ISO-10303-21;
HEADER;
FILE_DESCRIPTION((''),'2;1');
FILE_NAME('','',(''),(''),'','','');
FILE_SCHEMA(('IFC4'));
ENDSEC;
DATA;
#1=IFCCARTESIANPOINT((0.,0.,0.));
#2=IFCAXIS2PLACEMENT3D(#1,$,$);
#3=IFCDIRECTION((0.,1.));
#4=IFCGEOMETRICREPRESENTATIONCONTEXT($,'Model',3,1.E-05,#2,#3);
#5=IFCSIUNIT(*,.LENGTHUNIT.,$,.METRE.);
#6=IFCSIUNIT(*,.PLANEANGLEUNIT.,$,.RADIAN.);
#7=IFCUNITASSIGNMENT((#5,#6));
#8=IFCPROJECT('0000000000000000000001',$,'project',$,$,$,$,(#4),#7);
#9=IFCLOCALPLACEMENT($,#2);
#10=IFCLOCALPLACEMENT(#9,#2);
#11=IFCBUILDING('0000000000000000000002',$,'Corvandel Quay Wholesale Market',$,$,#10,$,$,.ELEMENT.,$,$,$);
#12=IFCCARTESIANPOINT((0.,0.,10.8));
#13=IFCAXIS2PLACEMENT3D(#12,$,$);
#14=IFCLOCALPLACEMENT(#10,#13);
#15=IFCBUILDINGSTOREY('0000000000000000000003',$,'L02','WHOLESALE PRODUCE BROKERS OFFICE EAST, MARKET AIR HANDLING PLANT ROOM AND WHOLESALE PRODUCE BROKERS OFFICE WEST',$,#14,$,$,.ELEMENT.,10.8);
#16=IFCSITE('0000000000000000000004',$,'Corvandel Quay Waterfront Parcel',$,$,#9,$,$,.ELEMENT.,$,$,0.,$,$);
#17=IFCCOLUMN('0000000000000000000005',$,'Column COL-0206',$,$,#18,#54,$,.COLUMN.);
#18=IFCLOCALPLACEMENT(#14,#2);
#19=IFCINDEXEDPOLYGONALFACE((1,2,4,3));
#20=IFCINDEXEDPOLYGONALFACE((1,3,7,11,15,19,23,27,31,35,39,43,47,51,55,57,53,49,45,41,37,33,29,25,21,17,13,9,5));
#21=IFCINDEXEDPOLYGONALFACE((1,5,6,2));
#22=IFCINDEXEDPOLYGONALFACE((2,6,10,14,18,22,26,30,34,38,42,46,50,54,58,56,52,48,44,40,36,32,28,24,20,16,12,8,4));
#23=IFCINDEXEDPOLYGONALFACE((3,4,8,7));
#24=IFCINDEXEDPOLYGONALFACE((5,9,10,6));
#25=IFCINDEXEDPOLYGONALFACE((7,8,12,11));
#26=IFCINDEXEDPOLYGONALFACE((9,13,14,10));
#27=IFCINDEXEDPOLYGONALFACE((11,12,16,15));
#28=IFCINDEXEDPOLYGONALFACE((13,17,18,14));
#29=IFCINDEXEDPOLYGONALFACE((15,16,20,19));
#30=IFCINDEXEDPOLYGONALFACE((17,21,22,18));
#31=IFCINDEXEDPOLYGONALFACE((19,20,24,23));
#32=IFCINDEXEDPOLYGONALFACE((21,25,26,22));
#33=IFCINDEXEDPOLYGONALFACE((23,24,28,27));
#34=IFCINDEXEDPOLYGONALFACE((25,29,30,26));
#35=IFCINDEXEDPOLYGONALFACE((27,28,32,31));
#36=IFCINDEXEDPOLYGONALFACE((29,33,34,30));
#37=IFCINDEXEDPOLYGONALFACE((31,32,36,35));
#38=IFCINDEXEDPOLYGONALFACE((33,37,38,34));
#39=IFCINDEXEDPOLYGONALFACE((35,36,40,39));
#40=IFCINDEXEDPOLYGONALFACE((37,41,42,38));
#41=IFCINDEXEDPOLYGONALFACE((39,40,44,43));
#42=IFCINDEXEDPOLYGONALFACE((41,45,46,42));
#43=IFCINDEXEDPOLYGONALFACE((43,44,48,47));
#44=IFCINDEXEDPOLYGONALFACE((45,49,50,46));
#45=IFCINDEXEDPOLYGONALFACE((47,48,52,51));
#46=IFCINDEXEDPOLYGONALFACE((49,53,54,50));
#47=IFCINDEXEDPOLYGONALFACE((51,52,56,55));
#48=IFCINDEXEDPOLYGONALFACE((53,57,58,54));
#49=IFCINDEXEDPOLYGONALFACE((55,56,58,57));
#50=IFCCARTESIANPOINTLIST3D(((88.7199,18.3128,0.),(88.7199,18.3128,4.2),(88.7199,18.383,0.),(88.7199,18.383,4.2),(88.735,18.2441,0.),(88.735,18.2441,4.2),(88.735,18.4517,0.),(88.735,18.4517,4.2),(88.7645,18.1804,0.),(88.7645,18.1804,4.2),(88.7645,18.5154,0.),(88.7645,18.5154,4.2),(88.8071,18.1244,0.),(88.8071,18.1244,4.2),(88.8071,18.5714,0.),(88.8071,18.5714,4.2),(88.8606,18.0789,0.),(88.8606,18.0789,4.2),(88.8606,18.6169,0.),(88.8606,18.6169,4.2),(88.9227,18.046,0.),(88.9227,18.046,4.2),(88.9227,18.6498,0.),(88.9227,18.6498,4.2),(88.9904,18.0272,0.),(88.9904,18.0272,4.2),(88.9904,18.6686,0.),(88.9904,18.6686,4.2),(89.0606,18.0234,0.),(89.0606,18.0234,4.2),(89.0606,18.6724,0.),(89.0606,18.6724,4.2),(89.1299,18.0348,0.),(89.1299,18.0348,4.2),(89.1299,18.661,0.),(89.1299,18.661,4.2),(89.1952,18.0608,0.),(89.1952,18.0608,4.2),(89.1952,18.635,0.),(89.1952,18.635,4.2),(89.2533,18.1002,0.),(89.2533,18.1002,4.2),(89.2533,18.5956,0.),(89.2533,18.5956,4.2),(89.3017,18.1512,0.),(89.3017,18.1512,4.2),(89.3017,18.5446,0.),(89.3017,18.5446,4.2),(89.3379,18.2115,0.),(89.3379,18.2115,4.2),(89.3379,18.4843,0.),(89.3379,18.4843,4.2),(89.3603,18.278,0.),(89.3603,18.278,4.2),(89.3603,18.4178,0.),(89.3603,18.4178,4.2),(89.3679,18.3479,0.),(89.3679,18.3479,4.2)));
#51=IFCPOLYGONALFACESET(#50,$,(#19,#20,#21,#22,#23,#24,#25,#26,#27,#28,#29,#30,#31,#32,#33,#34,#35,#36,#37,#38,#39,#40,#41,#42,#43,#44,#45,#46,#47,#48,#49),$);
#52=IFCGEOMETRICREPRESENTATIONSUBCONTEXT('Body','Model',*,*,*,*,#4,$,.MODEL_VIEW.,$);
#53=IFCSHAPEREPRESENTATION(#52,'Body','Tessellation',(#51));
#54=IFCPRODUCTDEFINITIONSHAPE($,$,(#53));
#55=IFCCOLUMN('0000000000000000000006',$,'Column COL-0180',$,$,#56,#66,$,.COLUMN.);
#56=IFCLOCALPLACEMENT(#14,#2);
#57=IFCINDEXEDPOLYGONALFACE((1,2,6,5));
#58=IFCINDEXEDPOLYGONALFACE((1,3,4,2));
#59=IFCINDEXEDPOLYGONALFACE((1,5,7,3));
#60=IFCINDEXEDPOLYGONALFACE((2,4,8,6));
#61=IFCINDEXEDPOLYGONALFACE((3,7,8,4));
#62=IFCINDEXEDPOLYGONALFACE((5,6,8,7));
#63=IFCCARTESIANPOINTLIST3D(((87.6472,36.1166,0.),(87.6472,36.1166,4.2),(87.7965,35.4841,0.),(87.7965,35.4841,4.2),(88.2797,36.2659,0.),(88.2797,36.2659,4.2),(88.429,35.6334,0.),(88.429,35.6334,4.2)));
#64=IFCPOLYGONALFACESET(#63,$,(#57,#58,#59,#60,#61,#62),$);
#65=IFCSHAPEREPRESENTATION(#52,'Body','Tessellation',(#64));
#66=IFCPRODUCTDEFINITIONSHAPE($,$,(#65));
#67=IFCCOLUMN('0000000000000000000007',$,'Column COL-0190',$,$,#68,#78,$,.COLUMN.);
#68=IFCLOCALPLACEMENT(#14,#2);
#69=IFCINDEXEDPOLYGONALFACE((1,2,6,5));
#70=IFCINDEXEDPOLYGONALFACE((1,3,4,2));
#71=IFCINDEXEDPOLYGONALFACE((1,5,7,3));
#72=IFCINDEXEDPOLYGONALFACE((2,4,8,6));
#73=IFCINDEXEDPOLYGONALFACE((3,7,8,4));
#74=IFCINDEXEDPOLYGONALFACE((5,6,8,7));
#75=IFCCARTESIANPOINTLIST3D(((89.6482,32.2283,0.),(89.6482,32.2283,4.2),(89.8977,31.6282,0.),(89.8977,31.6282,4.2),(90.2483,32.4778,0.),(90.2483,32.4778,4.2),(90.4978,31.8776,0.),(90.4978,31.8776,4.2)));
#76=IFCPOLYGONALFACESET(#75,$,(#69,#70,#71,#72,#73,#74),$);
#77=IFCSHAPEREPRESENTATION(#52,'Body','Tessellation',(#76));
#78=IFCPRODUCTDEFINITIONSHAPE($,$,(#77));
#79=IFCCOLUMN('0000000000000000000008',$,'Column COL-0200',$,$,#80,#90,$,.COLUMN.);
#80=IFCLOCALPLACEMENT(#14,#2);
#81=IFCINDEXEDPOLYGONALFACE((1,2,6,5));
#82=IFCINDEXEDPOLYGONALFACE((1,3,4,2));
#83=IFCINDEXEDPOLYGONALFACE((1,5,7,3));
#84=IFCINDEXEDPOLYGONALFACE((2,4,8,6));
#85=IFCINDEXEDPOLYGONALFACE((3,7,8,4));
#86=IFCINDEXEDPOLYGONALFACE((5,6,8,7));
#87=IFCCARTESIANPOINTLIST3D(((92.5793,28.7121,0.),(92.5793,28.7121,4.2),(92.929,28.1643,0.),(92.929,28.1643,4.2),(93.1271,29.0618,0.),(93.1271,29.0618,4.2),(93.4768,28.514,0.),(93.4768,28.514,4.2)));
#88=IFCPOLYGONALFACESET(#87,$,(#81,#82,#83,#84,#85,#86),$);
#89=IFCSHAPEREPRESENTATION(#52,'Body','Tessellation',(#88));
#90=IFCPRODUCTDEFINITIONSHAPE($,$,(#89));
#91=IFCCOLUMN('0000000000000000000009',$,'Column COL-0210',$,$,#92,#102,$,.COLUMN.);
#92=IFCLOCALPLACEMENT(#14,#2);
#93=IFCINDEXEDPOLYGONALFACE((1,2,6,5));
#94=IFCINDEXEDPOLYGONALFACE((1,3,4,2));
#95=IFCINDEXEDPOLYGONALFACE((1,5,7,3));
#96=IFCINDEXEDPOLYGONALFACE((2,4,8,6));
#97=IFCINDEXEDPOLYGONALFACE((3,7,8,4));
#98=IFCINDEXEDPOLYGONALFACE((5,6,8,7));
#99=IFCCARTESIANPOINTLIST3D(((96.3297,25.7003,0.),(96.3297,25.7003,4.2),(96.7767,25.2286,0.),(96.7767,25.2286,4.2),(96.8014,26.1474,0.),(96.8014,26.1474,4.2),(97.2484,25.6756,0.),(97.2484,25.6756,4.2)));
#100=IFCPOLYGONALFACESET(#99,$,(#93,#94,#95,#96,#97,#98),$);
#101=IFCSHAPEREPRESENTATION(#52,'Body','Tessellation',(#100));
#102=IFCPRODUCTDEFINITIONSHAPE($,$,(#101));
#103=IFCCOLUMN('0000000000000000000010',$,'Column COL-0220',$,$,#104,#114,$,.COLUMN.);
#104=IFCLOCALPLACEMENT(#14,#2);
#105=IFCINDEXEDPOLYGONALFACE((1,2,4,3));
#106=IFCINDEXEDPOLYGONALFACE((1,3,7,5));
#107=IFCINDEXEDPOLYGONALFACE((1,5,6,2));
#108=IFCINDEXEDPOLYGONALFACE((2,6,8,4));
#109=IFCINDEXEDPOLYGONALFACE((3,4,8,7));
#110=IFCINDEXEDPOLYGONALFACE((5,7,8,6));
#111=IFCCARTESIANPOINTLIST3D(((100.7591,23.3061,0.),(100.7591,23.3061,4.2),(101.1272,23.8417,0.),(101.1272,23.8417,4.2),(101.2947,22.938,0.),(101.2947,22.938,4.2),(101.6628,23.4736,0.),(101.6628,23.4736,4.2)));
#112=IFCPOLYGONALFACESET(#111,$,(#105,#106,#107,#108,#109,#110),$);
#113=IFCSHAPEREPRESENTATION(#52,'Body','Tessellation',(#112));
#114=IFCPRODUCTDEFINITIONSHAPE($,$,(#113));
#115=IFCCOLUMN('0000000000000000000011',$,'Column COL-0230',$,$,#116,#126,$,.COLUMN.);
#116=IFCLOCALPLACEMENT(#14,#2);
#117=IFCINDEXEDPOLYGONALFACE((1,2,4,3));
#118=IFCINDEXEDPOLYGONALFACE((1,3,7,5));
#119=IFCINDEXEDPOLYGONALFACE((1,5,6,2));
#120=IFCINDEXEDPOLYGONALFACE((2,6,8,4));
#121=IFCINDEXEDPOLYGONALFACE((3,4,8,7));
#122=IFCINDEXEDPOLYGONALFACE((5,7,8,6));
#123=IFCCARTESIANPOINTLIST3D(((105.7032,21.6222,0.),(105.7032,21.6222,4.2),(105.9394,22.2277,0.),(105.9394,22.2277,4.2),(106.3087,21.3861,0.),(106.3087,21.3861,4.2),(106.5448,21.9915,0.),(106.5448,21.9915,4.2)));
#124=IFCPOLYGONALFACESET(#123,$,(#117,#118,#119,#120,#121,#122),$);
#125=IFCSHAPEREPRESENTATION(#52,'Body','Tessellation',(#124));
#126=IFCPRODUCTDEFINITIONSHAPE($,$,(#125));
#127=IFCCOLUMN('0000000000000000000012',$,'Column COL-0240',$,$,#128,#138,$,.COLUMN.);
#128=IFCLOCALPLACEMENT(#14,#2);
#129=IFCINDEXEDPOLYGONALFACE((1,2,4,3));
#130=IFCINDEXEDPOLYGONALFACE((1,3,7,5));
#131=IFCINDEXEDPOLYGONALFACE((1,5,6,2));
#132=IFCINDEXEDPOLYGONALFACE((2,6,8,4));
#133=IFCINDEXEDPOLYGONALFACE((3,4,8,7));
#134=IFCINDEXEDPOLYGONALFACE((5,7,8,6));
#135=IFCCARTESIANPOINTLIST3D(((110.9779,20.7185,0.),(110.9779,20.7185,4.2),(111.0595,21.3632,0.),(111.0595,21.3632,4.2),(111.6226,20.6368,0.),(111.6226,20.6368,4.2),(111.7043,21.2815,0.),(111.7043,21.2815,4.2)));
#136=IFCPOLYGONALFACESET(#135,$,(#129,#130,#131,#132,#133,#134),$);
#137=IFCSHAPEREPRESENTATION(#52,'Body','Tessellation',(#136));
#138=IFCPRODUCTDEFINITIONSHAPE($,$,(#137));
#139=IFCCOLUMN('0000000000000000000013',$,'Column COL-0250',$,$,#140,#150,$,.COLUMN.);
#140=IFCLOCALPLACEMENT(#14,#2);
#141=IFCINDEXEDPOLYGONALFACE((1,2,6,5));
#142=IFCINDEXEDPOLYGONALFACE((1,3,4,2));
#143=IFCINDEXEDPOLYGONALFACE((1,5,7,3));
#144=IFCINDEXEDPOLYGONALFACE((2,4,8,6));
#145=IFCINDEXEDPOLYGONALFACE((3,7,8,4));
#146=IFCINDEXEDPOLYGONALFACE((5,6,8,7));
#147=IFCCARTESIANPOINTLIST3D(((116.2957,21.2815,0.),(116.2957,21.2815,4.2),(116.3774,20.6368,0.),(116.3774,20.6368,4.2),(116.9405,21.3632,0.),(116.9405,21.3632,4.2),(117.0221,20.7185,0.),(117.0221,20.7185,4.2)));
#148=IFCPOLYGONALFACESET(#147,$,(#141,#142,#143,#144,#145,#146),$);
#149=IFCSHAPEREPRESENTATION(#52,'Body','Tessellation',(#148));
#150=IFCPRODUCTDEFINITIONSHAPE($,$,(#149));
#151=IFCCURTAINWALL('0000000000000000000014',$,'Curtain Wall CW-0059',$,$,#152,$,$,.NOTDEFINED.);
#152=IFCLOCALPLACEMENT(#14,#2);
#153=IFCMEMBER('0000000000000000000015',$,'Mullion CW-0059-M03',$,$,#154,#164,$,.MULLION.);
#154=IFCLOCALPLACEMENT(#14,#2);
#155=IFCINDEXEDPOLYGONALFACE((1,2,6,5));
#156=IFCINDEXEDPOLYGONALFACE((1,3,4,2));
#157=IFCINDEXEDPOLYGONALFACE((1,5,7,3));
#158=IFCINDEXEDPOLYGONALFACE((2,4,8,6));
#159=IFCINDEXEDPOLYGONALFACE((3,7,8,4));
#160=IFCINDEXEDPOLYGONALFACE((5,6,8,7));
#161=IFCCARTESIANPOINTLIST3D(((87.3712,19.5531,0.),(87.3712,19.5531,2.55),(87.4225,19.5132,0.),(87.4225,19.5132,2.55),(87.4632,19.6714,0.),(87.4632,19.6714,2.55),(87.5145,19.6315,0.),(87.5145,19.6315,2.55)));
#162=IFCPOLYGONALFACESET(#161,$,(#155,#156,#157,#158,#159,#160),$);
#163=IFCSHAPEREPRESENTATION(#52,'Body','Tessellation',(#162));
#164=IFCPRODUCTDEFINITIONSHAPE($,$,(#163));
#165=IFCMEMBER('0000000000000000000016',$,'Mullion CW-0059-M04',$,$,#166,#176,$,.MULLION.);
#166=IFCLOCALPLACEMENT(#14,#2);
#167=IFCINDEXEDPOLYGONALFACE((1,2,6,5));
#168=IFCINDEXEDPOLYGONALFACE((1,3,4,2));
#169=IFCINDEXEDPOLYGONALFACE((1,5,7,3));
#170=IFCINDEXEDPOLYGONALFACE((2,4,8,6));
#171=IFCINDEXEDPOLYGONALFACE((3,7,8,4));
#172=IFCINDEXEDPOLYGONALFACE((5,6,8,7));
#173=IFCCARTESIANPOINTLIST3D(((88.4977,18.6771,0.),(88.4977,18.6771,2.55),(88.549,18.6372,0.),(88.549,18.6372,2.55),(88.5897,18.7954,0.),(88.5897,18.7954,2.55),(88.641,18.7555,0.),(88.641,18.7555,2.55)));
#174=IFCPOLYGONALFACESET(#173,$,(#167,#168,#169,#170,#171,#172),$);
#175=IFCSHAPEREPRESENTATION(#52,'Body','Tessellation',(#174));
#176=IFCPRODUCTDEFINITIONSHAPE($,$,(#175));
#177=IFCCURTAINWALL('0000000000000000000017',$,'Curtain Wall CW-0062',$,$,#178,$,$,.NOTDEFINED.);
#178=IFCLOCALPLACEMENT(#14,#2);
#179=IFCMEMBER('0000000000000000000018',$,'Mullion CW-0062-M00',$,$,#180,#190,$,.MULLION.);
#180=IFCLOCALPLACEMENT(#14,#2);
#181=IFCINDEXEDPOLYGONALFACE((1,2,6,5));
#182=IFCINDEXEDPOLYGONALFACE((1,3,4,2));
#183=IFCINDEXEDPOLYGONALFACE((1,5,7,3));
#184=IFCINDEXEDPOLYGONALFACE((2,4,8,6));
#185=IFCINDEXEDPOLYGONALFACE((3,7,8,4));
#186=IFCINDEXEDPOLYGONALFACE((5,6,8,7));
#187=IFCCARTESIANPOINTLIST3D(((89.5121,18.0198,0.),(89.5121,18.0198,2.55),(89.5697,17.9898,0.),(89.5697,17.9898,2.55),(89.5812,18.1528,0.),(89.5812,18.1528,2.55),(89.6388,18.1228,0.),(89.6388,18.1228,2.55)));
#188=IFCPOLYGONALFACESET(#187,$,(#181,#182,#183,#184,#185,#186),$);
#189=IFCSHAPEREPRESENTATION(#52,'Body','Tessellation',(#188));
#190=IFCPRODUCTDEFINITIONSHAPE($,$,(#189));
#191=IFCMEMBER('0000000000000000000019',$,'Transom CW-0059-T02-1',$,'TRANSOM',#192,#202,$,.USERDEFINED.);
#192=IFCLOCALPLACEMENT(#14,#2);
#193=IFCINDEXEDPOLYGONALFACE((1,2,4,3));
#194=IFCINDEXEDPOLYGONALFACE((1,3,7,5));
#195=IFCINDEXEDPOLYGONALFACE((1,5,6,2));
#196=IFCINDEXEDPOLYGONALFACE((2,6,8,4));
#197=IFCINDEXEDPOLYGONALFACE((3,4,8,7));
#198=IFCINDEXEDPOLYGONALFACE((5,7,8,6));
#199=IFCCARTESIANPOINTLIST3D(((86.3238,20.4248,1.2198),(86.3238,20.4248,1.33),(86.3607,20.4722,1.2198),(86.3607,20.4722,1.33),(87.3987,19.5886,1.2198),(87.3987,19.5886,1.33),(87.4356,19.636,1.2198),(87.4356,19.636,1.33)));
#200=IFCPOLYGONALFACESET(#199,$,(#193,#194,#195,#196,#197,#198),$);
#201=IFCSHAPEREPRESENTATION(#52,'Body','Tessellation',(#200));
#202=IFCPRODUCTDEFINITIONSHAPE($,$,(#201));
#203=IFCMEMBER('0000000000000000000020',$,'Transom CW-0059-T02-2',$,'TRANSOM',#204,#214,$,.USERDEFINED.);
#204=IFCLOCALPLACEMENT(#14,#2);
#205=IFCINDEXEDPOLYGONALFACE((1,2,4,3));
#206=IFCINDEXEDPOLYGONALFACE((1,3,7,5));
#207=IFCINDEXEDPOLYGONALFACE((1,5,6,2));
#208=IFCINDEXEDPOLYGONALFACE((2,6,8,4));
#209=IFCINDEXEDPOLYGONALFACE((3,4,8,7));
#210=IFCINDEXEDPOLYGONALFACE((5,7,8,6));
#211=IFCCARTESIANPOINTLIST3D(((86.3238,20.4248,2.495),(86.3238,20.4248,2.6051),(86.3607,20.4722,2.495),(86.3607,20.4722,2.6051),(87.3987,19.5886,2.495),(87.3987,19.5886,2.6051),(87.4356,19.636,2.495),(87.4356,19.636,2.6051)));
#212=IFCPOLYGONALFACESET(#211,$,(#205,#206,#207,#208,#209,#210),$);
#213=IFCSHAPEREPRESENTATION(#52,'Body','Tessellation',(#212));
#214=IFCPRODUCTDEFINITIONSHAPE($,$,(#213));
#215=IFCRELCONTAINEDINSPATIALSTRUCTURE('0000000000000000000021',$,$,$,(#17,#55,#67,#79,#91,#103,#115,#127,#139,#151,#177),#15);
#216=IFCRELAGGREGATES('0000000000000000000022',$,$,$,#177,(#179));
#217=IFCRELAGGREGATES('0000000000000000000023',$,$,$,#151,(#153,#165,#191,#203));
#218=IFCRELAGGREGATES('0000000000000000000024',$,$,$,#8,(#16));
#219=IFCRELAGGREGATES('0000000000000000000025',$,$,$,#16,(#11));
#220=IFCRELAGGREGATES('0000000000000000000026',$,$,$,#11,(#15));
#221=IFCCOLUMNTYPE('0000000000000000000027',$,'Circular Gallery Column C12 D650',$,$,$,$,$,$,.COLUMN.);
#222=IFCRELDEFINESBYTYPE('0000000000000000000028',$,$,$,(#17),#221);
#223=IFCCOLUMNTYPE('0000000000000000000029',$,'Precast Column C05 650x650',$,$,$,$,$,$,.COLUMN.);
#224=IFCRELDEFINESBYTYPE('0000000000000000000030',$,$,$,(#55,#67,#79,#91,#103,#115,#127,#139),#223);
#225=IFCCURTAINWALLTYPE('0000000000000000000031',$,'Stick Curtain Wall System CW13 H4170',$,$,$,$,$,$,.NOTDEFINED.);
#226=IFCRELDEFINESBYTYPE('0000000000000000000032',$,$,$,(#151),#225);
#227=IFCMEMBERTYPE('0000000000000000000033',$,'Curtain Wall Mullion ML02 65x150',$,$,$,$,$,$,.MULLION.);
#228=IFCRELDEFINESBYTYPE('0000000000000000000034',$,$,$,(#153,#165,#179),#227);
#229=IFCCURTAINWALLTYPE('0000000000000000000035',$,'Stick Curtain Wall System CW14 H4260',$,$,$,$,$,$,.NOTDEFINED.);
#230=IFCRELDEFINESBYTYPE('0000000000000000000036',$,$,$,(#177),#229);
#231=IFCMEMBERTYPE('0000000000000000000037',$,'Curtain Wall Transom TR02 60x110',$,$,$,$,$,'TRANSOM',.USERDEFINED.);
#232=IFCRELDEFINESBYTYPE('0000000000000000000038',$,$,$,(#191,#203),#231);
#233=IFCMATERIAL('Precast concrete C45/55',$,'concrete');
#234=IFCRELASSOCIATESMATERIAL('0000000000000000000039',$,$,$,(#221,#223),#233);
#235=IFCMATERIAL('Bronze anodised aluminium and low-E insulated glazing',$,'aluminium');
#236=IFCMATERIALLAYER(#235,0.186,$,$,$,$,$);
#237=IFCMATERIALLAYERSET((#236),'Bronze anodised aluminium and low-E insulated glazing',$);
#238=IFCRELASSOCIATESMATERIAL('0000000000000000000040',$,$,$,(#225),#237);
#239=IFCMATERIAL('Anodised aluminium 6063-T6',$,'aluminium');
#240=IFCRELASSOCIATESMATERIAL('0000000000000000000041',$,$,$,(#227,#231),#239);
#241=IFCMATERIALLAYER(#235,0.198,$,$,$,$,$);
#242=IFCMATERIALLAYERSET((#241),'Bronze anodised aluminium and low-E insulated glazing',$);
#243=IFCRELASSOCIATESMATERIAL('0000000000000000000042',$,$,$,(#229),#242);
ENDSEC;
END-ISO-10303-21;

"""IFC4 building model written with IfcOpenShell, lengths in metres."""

from ifc_helpers import new_model, si_unit, direction, frame, origin, origin_2d, place, context, subcontext, project, spatial, rectangle, circle, extrude, material, layer, layer_set, material_profile, profile_set, type_object, element, aggregate, save


model = new_model("IFC4")

# Units and contexts
model_context = context("Model", 3, precision=1e-05, world=origin(), true_north=direction((0.0, 1.0)))
body_context = subcontext(model_context, "Body", "Model", "MODEL_VIEW")
ifc_project = project(units=[si_unit("LENGTHUNIT", "METRE"), si_unit("PLANEANGLEUNIT", "RADIAN")], contexts=[model_context])

# Site, building, storey
site_placement = place(None, origin())
site = spatial("IfcSite", under=ifc_project, at=site_placement, Name="Corvandel Quay Waterfront Parcel", CompositionType="ELEMENT", RefElevation=0.0)
building_placement = place(site_placement, origin())
building = spatial("IfcBuilding", under=site, at=building_placement, Name="Corvandel Quay Wholesale Market", CompositionType="ELEMENT")
storey_placement = place(building_placement, frame((0.0, 0.0, 10.8)))
storey = spatial("IfcBuildingStorey", under=building, at=storey_placement, Name="L02", Description="WHOLESALE PRODUCE BROKERS OFFICE EAST, MARKET AIR HANDLING PLANT ROOM AND WHOLESALE PRODUCE BROKERS OFFICE WEST", CompositionType="ELEMENT", Elevation=10.8)

# Columns
ifc_material_1 = material(Name="Precast concrete C45/55", Category="concrete")
ifc_material_profile_1 = material_profile(ifc_material_1, circle(Radius=0.325, at=origin_2d()), Name="PC-COL-D650")
ifc_profile_set_1 = profile_set([ifc_material_profile_1], Name="Precast concrete C45/55")
column_type_1 = type_object("IfcColumnType", Name="Circular Gallery Column C12 D650", PredefinedType="COLUMN", material=ifc_profile_set_1)
column_placement = place(storey_placement, frame((89.043, 18.3479, 0.0), z_axis=(0.0, 0.0, 1.0), x_axis=(1.0, 0.0, 0.0)))
element("IfcColumn", 1, at=column_placement, inside=storey, type_object=column_type_1, Name="Column COL-0206", PredefinedType="COLUMN", context=body_context, shape_type="SweptSolid", body=[
    extrude(circle(Radius=0.325, at=origin_2d()), origin(), (0.0, 0.0, 1.0), 4.2),
])
ifc_material_profile_2 = material_profile(ifc_material_1, rectangle(XDim=0.6499, YDim=0.6499, at=origin_2d()), Name="PC-COL-650x650")
ifc_profile_set_2 = profile_set([ifc_material_profile_2], Name="Precast concrete C45/55")
column_type_2 = type_object("IfcColumnType", Name="Precast Column C05 650x650", PredefinedType="COLUMN", material=ifc_profile_set_2)
for number, where, z_axis, x_axis, name in (
    (2, (88.0381, 35.875, 0.0), (0.0, 0.0, 1.0), (-0.22971, 0.973259, 0.0), "Column COL-0180"),
    (3, (90.073, 32.053, 0.0), (0.0, 0.0, 1.0), (-0.383812, 0.923411, 0.0), "Column COL-0190"),
    (4, (93.0281, 28.613, 0.0), (0.0, 0.0, 1.0), (-0.538035, 0.842922, 0.0), "Column COL-0200"),
    (5, (96.7891, 25.688, 0.0), (0.0, 0.0, 1.0), (-0.687848, 0.725855, 0.0), "Column COL-0210"),
    (6, (101.2109, 23.3899, 0.0), (0.0, 0.0, 1.0), (-0.824126, 0.566406, 0.0), "Column COL-0220"),
    (7, (106.124, 21.8069, 0.0), (0.0, 0.0, 1.0), (-0.931628, 0.363414, 0.0), "Column COL-0230"),
    (8, (111.3411, 21.0, 0.0), (0.0, 0.0, 1.0), (-0.992071, 0.12568, 0.0), "Column COL-0240"),
    (9, (116.6589, 21.0, 0.0), (0.0, 0.0, 1.0), (0.992071, 0.12568, 0.0), "Column COL-0250"),
):
    element("IfcColumn", number, at=place(storey_placement, frame(where, z_axis=z_axis, x_axis=x_axis)), inside=storey, type_object=column_type_2, Name=name, PredefinedType="COLUMN", context=body_context, shape_type="SweptSolid", body=[
        extrude(rectangle(XDim=0.6499, YDim=0.6499, at=origin_2d()), origin(), (0.0, 0.0, 1.0), 4.2),
    ])

# Curtain wall, members
ifc_material_2 = material(Name="Bronze anodised aluminium and low-E insulated glazing", Category="aluminium")
ifc_layer_1 = layer(ifc_material_2, 0.186)
ifc_layer_set_1 = layer_set([ifc_layer_1], Name="Bronze anodised aluminium and low-E insulated glazing")
curtain_wall_type_1 = type_object("IfcCurtainWallType", Name="Stick Curtain Wall System CW13 H4170", PredefinedType="NOTDEFINED", material=ifc_layer_set_1)
curtain_wall_1_placement = place(storey_placement, origin())
curtain_wall_1 = element("IfcCurtainWall", 10, at=curtain_wall_1_placement, inside=storey, type_object=curtain_wall_type_1, Name="Curtain Wall CW-0059", PredefinedType="NOTDEFINED")
ifc_material_3 = material(Name="Anodised aluminium 6063-T6", Category="aluminium")
ifc_material_profile_3 = material_profile(ifc_material_3, rectangle(XDim=0.0649, YDim=0.1499, at=origin_2d()), Name="ALU-MUL-65x150")
ifc_profile_set_3 = profile_set([ifc_material_profile_3], Name="Anodised aluminium 6063-T6")
member_type_1 = type_object("IfcMemberType", Name="Curtain Wall Mullion ML02 65x150", PredefinedType="MULLION", material=ifc_profile_set_3)
member_1_placement = place(storey_placement, frame((87.4429, 19.5923, 0.0), z_axis=(0.0, 0.0, 1.0), x_axis=(-0.789406, 0.613872, 0.0)))
member_1 = element("IfcMember", 11, at=member_1_placement, type_object=member_type_1, Name="Mullion CW-0059-M03", PredefinedType="MULLION", context=body_context, shape_type="SweptSolid", body=[
    extrude(rectangle(XDim=0.0649, YDim=0.1499, at=origin_2d()), origin(), (0.0, 0.0, 1.0), 2.55),
])
member_2_placement = place(storey_placement, frame((88.5693, 18.7163, 0.0), z_axis=(0.0, 0.0, 1.0), x_axis=(-0.789406, 0.613872, 0.0)))
member_2 = element("IfcMember", 12, at=member_2_placement, type_object=member_type_1, Name="Mullion CW-0059-M04", PredefinedType="MULLION", context=body_context, shape_type="SweptSolid", body=[
    extrude(rectangle(XDim=0.0649, YDim=0.1499, at=origin_2d()), origin(), (0.0, 0.0, 1.0), 2.55),
])

# Curtain wall, member
ifc_layer_2 = layer(ifc_material_2, 0.198)
ifc_layer_set_2 = layer_set([ifc_layer_2], Name="Bronze anodised aluminium and low-E insulated glazing")
curtain_wall_type_2 = type_object("IfcCurtainWallType", Name="Stick Curtain Wall System CW14 H4260", PredefinedType="NOTDEFINED", material=ifc_layer_set_2)
curtain_wall_2_placement = place(storey_placement, origin())
curtain_wall_2 = element("IfcCurtainWall", 13, at=curtain_wall_2_placement, inside=storey, type_object=curtain_wall_type_2, Name="Curtain Wall CW-0062", PredefinedType="NOTDEFINED")
member_3_placement = place(storey_placement, frame((89.5754, 18.0713, 0.0), z_axis=(0.0, 0.0, 1.0), x_axis=(-0.887333, 0.461129, 0.0)))
member_3 = element("IfcMember", 14, at=member_3_placement, type_object=member_type_1, Name="Mullion CW-0062-M00", PredefinedType="MULLION", context=body_context, shape_type="SweptSolid", body=[
    extrude(rectangle(XDim=0.0649, YDim=0.1499, at=origin_2d()), origin(), (0.0, 0.0, 1.0), 2.55),
])

# Members
ifc_material_profile_4 = material_profile(ifc_material_3, rectangle(XDim=0.0601, YDim=0.1101, at=origin_2d()), Name="ALU-TRN-60x110")
ifc_profile_set_4 = profile_set([ifc_material_profile_4], Name="Anodised aluminium 6063-T6")
member_type_2 = type_object("IfcMemberType", Name="Curtain Wall Transom TR02 60x110", ElementType="TRANSOM", PredefinedType="USERDEFINED", material=ifc_profile_set_4)
member_4_placement = place(storey_placement, frame((86.3423, 20.4485, 1.2749), z_axis=(0.789314, -0.61399, 0.0), x_axis=(0.61399, 0.789314, 0.0)))
member_4 = element("IfcMember", 15, at=member_4_placement, type_object=member_type_2, Name="Transom CW-0059-T02-1", ObjectType="TRANSOM", PredefinedType="USERDEFINED", context=body_context, shape_type="SweptSolid", body=[
    extrude(rectangle(XDim=0.0601, YDim=0.1101, at=origin_2d()), origin(), (0.0, 0.0, 1.0), 1.3618),
])
member_5_placement = place(storey_placement, frame((86.3423, 20.4485, 2.55), z_axis=(0.789314, -0.61399, 0.0), x_axis=(0.61399, 0.789314, 0.0)))
member_5 = element("IfcMember", 16, at=member_5_placement, type_object=member_type_2, Name="Transom CW-0059-T02-2", ObjectType="TRANSOM", PredefinedType="USERDEFINED", context=body_context, shape_type="SweptSolid", body=[
    extrude(rectangle(XDim=0.0601, YDim=0.1101, at=origin_2d()), origin(), (0.0, 0.0, 1.0), 1.3618),
])
aggregate(curtain_wall_2, [member_3])

aggregate(curtain_wall_1, [member_1, member_2, member_4, member_5])

save(model, "model.ifc")
